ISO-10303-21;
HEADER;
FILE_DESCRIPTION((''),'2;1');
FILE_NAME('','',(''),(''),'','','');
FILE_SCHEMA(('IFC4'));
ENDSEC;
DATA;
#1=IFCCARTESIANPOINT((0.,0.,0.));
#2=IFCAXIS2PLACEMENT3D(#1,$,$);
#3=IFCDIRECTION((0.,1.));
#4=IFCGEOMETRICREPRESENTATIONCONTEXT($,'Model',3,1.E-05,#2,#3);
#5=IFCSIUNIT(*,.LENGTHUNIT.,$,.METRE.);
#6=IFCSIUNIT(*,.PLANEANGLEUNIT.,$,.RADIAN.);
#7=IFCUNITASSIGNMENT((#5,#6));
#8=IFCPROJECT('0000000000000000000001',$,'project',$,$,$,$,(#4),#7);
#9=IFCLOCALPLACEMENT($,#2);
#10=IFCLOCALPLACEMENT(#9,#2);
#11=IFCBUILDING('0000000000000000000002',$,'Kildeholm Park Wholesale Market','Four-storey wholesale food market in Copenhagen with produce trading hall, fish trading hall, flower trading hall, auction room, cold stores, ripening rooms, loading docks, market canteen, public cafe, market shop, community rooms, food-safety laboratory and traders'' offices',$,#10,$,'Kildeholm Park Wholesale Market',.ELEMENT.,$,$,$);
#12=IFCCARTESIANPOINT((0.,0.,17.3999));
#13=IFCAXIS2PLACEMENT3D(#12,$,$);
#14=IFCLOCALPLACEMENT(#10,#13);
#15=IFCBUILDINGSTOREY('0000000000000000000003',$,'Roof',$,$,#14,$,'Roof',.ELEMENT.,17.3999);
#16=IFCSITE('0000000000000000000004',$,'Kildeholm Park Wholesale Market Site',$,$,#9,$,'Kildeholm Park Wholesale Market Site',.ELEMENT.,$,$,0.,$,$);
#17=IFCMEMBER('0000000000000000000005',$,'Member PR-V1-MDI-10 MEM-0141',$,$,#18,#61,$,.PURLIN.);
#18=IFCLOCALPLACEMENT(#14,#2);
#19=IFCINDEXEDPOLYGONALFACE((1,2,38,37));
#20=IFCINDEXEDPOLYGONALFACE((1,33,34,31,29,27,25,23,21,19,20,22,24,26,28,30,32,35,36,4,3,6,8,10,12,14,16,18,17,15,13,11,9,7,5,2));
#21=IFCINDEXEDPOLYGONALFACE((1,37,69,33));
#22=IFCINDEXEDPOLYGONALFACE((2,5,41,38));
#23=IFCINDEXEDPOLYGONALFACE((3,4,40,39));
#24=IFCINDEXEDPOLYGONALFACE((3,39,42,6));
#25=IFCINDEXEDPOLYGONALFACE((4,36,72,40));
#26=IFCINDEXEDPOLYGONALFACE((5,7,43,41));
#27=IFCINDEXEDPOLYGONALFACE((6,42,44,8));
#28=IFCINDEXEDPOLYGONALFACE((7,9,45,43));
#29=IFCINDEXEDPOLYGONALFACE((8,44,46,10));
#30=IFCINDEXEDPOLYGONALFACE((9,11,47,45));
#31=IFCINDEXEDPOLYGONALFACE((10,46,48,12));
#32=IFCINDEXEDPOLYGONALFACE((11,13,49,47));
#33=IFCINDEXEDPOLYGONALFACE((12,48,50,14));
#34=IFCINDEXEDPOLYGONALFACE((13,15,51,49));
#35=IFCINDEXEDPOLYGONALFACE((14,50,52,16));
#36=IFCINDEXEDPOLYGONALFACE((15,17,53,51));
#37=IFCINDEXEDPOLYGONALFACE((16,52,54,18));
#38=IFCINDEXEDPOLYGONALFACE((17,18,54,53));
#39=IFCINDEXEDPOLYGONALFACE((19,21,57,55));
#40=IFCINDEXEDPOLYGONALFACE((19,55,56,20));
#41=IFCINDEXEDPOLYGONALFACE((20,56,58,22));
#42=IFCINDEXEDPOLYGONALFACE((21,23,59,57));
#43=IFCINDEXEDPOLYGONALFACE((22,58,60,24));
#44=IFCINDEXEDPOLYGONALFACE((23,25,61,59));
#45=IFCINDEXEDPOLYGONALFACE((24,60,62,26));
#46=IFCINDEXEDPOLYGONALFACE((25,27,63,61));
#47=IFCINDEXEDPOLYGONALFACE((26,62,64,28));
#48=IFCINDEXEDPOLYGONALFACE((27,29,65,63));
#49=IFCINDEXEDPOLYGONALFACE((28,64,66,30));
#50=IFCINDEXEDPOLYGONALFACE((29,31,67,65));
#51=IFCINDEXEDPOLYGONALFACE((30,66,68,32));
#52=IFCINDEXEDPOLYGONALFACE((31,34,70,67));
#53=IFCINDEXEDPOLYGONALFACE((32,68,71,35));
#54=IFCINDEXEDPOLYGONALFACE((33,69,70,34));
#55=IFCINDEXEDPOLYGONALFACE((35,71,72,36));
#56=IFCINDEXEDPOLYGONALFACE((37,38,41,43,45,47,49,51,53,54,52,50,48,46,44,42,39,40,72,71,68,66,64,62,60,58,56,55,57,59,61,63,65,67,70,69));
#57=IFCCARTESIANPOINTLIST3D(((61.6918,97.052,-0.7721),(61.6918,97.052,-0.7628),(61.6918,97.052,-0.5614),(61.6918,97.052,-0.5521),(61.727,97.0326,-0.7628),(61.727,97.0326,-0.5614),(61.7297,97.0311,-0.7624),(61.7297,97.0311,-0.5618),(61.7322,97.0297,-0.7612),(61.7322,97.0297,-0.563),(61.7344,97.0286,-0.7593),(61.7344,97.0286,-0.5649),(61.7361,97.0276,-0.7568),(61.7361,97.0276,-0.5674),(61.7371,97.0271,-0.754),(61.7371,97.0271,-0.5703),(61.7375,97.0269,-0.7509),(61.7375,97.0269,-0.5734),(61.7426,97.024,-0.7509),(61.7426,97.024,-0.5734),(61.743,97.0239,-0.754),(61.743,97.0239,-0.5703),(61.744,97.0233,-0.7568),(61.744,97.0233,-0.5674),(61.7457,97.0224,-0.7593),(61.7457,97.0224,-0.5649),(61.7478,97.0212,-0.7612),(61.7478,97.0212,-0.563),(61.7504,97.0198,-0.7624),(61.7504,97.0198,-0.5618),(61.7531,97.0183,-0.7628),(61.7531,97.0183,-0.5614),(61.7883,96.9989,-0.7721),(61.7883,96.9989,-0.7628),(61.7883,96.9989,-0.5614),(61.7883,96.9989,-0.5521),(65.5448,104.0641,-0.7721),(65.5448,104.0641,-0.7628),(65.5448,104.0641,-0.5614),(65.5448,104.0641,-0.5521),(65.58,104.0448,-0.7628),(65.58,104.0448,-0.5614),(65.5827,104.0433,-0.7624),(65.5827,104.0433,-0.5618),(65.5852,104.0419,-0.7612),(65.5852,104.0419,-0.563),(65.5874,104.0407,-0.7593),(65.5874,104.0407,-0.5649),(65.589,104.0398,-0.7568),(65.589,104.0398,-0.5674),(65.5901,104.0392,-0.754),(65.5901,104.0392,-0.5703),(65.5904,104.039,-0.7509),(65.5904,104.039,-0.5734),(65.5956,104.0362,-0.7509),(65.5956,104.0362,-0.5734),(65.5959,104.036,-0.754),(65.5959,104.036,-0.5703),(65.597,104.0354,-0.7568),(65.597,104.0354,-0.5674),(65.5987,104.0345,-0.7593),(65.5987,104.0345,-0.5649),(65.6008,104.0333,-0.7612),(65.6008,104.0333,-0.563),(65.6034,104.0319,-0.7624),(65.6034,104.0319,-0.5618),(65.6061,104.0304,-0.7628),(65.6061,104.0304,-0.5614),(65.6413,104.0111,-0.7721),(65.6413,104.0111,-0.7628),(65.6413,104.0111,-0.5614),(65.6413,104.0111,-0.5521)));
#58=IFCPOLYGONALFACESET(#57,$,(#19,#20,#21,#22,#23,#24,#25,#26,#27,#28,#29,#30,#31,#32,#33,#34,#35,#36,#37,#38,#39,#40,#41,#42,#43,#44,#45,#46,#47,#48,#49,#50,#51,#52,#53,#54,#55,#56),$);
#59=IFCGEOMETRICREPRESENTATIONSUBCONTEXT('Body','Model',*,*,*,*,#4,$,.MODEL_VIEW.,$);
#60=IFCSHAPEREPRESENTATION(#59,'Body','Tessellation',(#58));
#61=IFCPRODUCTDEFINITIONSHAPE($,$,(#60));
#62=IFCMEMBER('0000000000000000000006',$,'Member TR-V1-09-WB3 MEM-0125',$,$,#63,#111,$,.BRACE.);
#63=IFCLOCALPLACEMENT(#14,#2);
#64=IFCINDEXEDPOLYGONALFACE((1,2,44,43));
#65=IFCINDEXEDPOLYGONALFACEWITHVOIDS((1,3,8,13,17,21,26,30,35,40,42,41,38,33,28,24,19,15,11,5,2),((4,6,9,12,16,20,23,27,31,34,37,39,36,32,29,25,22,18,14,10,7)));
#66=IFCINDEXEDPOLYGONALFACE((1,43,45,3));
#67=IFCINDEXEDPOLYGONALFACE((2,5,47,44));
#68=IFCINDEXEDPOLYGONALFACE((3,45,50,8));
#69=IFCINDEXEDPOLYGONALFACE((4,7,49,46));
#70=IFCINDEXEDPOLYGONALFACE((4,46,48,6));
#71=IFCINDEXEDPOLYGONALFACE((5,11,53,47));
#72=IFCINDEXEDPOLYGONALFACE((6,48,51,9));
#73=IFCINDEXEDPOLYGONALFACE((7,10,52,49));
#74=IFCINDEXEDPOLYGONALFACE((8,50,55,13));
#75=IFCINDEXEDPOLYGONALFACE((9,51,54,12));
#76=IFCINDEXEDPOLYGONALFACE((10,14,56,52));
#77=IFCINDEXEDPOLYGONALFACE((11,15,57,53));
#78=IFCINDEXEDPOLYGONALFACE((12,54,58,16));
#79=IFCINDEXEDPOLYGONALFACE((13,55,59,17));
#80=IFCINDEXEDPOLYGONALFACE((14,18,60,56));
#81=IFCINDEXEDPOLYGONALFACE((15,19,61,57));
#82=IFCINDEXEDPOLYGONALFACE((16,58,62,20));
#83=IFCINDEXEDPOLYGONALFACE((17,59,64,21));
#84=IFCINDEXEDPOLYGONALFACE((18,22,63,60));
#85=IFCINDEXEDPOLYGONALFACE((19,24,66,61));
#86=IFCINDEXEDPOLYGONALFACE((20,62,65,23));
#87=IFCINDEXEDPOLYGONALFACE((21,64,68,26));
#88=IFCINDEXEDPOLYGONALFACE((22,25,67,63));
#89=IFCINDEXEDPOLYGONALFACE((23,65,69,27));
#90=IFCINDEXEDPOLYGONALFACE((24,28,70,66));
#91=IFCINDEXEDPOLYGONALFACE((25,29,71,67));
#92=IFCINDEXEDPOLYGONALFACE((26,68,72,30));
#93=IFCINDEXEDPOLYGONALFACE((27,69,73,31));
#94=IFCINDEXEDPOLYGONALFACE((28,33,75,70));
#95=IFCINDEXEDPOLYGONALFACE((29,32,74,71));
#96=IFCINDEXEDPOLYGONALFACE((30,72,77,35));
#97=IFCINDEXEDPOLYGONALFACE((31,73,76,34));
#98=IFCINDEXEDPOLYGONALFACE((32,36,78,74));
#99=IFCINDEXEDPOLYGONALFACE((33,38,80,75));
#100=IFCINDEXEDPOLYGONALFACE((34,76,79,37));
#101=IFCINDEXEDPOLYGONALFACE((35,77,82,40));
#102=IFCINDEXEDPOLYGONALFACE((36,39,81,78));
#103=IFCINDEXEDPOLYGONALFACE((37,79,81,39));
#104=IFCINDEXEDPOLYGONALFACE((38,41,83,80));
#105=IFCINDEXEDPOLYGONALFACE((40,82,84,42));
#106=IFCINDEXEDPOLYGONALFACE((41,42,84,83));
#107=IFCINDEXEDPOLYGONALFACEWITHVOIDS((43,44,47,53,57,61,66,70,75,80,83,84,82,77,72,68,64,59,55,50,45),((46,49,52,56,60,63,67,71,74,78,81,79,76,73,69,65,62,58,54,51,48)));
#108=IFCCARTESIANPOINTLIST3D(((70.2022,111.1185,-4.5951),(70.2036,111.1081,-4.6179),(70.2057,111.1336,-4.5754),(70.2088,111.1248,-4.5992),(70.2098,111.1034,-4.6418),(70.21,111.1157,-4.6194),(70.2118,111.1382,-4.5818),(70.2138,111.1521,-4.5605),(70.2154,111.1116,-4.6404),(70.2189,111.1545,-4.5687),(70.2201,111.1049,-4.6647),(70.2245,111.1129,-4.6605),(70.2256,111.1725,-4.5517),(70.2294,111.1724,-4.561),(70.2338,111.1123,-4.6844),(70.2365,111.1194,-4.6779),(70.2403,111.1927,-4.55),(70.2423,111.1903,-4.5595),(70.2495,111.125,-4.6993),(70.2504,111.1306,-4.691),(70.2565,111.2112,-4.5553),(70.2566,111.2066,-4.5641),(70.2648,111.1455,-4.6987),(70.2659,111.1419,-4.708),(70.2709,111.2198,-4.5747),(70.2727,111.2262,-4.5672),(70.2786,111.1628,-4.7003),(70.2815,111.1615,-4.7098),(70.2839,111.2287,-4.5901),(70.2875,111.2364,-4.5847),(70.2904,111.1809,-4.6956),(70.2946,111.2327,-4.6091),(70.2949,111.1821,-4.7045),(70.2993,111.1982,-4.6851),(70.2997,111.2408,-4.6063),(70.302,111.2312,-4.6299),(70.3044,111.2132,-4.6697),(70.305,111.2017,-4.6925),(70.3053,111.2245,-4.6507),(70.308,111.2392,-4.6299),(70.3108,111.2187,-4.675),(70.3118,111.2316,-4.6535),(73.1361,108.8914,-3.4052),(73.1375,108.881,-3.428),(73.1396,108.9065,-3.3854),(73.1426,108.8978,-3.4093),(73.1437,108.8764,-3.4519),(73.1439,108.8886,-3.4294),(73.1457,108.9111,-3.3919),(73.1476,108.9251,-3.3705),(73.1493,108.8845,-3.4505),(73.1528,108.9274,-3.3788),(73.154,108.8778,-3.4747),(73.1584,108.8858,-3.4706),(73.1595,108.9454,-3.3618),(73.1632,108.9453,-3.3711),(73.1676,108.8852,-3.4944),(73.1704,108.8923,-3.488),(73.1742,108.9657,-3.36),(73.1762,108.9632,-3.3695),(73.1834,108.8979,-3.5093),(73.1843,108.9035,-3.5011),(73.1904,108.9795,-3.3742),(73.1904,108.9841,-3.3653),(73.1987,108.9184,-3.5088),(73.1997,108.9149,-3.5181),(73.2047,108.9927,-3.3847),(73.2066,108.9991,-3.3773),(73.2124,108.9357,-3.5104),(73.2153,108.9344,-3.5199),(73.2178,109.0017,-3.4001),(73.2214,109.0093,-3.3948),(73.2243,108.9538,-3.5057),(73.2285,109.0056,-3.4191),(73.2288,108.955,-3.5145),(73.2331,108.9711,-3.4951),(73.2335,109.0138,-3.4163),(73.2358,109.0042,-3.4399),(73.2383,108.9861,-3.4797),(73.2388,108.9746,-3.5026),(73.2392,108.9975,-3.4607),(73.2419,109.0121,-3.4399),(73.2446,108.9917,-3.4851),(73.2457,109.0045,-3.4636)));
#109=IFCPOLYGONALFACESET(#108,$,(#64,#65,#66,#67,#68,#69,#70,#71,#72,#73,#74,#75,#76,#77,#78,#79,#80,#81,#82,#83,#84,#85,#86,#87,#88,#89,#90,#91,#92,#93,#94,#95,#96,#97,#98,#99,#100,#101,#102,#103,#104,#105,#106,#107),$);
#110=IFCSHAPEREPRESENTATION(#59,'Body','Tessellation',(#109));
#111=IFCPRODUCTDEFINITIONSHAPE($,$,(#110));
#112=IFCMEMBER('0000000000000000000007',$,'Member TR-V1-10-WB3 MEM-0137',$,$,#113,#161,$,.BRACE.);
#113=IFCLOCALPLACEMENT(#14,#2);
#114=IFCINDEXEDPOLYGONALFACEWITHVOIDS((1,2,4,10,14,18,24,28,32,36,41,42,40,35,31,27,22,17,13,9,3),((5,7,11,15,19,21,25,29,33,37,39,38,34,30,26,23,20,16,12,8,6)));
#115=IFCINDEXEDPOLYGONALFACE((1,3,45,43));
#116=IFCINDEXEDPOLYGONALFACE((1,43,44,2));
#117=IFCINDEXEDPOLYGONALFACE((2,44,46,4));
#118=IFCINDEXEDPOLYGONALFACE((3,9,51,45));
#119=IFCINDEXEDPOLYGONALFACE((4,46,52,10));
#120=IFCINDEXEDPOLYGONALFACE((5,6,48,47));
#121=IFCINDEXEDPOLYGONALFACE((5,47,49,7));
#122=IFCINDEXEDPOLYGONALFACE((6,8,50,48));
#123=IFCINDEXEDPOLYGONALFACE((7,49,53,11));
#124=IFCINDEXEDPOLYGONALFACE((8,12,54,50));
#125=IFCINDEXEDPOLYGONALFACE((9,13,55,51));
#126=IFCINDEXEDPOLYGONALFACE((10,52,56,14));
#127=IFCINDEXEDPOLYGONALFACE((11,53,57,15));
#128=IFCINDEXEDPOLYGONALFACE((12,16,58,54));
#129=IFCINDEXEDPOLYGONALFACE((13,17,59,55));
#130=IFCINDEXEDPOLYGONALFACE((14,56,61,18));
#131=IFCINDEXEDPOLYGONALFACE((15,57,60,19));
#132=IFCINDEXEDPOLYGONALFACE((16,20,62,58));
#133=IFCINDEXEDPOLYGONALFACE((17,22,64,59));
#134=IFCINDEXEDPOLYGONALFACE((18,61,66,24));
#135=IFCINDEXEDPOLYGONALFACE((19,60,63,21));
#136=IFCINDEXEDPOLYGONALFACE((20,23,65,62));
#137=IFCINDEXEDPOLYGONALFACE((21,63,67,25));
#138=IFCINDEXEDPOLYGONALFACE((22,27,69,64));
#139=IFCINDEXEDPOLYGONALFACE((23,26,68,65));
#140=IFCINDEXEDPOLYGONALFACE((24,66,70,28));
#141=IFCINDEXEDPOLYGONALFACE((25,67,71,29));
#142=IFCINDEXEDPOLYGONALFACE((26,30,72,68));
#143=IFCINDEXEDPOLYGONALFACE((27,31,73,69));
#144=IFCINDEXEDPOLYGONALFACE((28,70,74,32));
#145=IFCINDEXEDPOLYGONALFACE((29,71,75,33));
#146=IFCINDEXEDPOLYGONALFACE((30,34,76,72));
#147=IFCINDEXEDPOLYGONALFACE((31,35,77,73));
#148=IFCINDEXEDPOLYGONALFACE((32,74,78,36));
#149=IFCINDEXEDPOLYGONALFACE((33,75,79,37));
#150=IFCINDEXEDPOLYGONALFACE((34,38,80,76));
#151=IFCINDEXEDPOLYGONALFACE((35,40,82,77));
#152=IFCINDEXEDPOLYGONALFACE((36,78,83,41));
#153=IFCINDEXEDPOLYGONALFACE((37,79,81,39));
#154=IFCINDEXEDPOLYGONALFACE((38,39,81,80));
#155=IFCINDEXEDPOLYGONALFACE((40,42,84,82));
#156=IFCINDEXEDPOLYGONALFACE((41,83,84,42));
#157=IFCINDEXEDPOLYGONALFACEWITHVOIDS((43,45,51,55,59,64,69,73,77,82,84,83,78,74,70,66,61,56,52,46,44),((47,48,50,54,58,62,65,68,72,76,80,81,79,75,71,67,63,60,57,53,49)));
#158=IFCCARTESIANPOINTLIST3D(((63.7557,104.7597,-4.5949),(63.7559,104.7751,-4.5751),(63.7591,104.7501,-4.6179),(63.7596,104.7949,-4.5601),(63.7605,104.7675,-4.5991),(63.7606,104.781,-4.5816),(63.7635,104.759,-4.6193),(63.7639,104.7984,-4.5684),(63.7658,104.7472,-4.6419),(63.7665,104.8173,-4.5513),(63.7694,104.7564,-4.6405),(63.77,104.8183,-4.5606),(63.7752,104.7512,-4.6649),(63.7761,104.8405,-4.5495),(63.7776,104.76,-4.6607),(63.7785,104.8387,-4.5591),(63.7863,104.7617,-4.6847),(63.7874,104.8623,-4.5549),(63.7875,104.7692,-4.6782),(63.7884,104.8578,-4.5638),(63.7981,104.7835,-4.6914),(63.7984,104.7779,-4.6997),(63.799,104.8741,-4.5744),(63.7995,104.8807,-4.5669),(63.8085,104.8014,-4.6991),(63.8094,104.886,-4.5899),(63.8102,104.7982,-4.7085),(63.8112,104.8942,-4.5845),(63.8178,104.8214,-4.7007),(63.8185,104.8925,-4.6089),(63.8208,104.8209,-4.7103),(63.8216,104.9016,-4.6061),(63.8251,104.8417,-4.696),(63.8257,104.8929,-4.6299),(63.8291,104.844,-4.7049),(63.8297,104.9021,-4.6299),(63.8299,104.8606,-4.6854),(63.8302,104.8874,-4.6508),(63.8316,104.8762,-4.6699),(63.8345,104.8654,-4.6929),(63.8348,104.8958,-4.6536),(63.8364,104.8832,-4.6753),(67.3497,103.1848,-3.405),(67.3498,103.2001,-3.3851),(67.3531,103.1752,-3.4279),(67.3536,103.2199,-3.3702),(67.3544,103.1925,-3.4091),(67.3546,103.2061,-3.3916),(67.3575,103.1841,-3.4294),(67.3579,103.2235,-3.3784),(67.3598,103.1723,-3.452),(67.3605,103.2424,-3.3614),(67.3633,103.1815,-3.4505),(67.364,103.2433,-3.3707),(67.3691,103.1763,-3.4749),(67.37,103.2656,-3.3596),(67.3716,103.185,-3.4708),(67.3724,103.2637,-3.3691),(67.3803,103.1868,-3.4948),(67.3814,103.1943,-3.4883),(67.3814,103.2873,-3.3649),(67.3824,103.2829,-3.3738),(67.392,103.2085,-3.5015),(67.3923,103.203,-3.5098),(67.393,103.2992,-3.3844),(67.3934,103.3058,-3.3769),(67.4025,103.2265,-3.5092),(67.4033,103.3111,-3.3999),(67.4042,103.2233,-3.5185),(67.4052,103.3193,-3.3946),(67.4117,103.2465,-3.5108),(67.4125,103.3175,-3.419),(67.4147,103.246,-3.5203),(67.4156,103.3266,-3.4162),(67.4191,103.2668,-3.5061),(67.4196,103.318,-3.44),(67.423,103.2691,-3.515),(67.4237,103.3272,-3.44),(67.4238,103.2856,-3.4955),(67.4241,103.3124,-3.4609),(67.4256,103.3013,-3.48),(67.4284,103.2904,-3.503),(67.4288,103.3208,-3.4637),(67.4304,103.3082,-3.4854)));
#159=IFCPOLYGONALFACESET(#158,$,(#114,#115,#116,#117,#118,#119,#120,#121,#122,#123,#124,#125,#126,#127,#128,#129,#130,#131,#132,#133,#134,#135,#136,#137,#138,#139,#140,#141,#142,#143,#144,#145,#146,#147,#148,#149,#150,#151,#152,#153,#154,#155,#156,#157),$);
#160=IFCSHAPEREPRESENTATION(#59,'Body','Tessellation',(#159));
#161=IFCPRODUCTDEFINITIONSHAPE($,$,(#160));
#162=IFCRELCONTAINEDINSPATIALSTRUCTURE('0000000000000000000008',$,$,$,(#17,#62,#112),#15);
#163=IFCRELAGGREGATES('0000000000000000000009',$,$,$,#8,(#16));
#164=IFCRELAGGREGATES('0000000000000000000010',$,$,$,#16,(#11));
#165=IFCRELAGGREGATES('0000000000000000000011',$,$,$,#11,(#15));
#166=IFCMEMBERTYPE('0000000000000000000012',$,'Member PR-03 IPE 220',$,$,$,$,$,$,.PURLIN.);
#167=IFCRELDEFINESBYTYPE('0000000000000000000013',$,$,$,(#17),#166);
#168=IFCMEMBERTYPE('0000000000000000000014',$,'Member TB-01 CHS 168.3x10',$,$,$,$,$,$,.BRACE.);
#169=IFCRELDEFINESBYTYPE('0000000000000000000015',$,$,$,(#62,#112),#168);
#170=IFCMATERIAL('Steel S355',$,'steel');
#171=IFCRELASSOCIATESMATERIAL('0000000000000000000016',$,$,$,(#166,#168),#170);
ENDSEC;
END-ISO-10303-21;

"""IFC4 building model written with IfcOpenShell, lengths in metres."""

from ifc_helpers import new_model, si_unit, direction, frame, origin, origin_2d, place, context, subcontext, project, spatial, hollow_circle, i_section, extrude, material, material_profile, profile_set, type_object, element, save


model = new_model("IFC4")

# Units and contexts
model_context = context("Model", 3, precision=1e-05, world=origin(), true_north=direction((0.0, 1.0)))
body_context = subcontext(model_context, "Body", "Model", "MODEL_VIEW")
ifc_project = project(units=[si_unit("LENGTHUNIT", "METRE"), si_unit("PLANEANGLEUNIT", "RADIAN")], contexts=[model_context])

# Site, building, storey
site_placement = place(None, origin())
site = spatial("IfcSite", under=ifc_project, at=site_placement, Name="Kildeholm Park Wholesale Market Site", LongName="Kildeholm Park Wholesale Market Site", CompositionType="ELEMENT", RefElevation=0.0)
building_placement = place(site_placement, origin())
building = spatial("IfcBuilding", under=site, at=building_placement, Name="Kildeholm Park Wholesale Market", Description="Four-storey wholesale food market in Copenhagen with produce trading hall, fish trading hall, flower trading hall, auction room, cold stores, ripening rooms, loading docks, market canteen, public cafe, market shop, community rooms, food-safety laboratory and traders' offices", LongName="Kildeholm Park Wholesale Market", CompositionType="ELEMENT")
storey_placement = place(building_placement, frame((0.0, 0.0, 17.3999)))
storey = spatial("IfcBuildingStorey", under=building, at=storey_placement, Name="Roof", LongName="Roof", CompositionType="ELEMENT", Elevation=17.3999)

# Members
ifc_material_1 = material(Name="Steel S355", Category="steel")
ifc_material_profile_1 = material_profile(ifc_material_1, i_section(OverallWidth=0.1101, OverallDepth=0.22, WebThickness=0.0059, FlangeThickness=0.0093, FilletRadius=0.012, at=origin_2d()), Name="IPE 220")
ifc_profile_set_1 = profile_set([ifc_material_profile_1], Name="Steel S355")
member_type_1 = type_object("IfcMemberType", Name="Member PR-03 IPE 220", PredefinedType="PURLIN", material=ifc_profile_set_1)
member_1_placement = place(storey_placement, frame((65.593, 104.0376, -0.6621), z_axis=(-0.481565, -0.87641, 0.0), x_axis=(0.87641, -0.481565, 0.0)))
element("IfcMember", 1, at=member_1_placement, inside=storey, type_object=member_type_1, Name="Member PR-V1-MDI-10 MEM-0141", PredefinedType="PURLIN", context=body_context, shape_type="SweptSolid", body=[
    extrude(i_section(OverallWidth=0.1101, OverallDepth=0.22, WebThickness=0.0059, FlangeThickness=0.0093, FilletRadius=0.012, at=origin_2d()), origin(), (0.0, 0.0, 1.0), 8.001),
])
ifc_material_profile_2 = material_profile(ifc_material_1, hollow_circle(Radius=0.0842, WallThickness=0.01, at=origin_2d()), Name="CHS 168.3x10")
ifc_profile_set_2 = profile_set([ifc_material_profile_2], Name="Steel S355")
member_type_2 = type_object("IfcMemberType", Name="Member TB-01 CHS 168.3x10", PredefinedType="BRACE", material=ifc_profile_set_2)
member_2_placement = place(storey_placement, frame((70.2571, 111.1721, -4.6299), z_axis=(0.75794, -0.575346, 0.307415), x_axis=(0.604624, 0.796511, 0.0)))
element("IfcMember", 2, at=member_2_placement, inside=storey, type_object=member_type_2, Name="Member TR-V1-09-WB3 MEM-0125", PredefinedType="BRACE", context=body_context, shape_type="SweptSolid", body=[
    extrude(hollow_circle(Radius=0.0842, WallThickness=0.01, at=origin_2d()), origin(), (0.0, 0.0, 1.0), 3.8708),
])
member_3_placement = place(storey_placement, frame((63.7959, 104.825, -4.6299), z_axis=(0.8765, -0.384098, 0.290202), x_axis=(0.40137, 0.915916, 0.0)))
element("IfcMember", 3, at=member_3_placement, inside=storey, type_object=member_type_2, Name="Member TR-V1-10-WB3 MEM-0137", PredefinedType="BRACE", context=body_context, shape_type="SweptSolid", body=[
    extrude(hollow_circle(Radius=0.0842, WallThickness=0.01, at=origin_2d()), origin(), (0.0, 0.0, 1.0), 4.1003),
])

save(model, "model.ifc")
